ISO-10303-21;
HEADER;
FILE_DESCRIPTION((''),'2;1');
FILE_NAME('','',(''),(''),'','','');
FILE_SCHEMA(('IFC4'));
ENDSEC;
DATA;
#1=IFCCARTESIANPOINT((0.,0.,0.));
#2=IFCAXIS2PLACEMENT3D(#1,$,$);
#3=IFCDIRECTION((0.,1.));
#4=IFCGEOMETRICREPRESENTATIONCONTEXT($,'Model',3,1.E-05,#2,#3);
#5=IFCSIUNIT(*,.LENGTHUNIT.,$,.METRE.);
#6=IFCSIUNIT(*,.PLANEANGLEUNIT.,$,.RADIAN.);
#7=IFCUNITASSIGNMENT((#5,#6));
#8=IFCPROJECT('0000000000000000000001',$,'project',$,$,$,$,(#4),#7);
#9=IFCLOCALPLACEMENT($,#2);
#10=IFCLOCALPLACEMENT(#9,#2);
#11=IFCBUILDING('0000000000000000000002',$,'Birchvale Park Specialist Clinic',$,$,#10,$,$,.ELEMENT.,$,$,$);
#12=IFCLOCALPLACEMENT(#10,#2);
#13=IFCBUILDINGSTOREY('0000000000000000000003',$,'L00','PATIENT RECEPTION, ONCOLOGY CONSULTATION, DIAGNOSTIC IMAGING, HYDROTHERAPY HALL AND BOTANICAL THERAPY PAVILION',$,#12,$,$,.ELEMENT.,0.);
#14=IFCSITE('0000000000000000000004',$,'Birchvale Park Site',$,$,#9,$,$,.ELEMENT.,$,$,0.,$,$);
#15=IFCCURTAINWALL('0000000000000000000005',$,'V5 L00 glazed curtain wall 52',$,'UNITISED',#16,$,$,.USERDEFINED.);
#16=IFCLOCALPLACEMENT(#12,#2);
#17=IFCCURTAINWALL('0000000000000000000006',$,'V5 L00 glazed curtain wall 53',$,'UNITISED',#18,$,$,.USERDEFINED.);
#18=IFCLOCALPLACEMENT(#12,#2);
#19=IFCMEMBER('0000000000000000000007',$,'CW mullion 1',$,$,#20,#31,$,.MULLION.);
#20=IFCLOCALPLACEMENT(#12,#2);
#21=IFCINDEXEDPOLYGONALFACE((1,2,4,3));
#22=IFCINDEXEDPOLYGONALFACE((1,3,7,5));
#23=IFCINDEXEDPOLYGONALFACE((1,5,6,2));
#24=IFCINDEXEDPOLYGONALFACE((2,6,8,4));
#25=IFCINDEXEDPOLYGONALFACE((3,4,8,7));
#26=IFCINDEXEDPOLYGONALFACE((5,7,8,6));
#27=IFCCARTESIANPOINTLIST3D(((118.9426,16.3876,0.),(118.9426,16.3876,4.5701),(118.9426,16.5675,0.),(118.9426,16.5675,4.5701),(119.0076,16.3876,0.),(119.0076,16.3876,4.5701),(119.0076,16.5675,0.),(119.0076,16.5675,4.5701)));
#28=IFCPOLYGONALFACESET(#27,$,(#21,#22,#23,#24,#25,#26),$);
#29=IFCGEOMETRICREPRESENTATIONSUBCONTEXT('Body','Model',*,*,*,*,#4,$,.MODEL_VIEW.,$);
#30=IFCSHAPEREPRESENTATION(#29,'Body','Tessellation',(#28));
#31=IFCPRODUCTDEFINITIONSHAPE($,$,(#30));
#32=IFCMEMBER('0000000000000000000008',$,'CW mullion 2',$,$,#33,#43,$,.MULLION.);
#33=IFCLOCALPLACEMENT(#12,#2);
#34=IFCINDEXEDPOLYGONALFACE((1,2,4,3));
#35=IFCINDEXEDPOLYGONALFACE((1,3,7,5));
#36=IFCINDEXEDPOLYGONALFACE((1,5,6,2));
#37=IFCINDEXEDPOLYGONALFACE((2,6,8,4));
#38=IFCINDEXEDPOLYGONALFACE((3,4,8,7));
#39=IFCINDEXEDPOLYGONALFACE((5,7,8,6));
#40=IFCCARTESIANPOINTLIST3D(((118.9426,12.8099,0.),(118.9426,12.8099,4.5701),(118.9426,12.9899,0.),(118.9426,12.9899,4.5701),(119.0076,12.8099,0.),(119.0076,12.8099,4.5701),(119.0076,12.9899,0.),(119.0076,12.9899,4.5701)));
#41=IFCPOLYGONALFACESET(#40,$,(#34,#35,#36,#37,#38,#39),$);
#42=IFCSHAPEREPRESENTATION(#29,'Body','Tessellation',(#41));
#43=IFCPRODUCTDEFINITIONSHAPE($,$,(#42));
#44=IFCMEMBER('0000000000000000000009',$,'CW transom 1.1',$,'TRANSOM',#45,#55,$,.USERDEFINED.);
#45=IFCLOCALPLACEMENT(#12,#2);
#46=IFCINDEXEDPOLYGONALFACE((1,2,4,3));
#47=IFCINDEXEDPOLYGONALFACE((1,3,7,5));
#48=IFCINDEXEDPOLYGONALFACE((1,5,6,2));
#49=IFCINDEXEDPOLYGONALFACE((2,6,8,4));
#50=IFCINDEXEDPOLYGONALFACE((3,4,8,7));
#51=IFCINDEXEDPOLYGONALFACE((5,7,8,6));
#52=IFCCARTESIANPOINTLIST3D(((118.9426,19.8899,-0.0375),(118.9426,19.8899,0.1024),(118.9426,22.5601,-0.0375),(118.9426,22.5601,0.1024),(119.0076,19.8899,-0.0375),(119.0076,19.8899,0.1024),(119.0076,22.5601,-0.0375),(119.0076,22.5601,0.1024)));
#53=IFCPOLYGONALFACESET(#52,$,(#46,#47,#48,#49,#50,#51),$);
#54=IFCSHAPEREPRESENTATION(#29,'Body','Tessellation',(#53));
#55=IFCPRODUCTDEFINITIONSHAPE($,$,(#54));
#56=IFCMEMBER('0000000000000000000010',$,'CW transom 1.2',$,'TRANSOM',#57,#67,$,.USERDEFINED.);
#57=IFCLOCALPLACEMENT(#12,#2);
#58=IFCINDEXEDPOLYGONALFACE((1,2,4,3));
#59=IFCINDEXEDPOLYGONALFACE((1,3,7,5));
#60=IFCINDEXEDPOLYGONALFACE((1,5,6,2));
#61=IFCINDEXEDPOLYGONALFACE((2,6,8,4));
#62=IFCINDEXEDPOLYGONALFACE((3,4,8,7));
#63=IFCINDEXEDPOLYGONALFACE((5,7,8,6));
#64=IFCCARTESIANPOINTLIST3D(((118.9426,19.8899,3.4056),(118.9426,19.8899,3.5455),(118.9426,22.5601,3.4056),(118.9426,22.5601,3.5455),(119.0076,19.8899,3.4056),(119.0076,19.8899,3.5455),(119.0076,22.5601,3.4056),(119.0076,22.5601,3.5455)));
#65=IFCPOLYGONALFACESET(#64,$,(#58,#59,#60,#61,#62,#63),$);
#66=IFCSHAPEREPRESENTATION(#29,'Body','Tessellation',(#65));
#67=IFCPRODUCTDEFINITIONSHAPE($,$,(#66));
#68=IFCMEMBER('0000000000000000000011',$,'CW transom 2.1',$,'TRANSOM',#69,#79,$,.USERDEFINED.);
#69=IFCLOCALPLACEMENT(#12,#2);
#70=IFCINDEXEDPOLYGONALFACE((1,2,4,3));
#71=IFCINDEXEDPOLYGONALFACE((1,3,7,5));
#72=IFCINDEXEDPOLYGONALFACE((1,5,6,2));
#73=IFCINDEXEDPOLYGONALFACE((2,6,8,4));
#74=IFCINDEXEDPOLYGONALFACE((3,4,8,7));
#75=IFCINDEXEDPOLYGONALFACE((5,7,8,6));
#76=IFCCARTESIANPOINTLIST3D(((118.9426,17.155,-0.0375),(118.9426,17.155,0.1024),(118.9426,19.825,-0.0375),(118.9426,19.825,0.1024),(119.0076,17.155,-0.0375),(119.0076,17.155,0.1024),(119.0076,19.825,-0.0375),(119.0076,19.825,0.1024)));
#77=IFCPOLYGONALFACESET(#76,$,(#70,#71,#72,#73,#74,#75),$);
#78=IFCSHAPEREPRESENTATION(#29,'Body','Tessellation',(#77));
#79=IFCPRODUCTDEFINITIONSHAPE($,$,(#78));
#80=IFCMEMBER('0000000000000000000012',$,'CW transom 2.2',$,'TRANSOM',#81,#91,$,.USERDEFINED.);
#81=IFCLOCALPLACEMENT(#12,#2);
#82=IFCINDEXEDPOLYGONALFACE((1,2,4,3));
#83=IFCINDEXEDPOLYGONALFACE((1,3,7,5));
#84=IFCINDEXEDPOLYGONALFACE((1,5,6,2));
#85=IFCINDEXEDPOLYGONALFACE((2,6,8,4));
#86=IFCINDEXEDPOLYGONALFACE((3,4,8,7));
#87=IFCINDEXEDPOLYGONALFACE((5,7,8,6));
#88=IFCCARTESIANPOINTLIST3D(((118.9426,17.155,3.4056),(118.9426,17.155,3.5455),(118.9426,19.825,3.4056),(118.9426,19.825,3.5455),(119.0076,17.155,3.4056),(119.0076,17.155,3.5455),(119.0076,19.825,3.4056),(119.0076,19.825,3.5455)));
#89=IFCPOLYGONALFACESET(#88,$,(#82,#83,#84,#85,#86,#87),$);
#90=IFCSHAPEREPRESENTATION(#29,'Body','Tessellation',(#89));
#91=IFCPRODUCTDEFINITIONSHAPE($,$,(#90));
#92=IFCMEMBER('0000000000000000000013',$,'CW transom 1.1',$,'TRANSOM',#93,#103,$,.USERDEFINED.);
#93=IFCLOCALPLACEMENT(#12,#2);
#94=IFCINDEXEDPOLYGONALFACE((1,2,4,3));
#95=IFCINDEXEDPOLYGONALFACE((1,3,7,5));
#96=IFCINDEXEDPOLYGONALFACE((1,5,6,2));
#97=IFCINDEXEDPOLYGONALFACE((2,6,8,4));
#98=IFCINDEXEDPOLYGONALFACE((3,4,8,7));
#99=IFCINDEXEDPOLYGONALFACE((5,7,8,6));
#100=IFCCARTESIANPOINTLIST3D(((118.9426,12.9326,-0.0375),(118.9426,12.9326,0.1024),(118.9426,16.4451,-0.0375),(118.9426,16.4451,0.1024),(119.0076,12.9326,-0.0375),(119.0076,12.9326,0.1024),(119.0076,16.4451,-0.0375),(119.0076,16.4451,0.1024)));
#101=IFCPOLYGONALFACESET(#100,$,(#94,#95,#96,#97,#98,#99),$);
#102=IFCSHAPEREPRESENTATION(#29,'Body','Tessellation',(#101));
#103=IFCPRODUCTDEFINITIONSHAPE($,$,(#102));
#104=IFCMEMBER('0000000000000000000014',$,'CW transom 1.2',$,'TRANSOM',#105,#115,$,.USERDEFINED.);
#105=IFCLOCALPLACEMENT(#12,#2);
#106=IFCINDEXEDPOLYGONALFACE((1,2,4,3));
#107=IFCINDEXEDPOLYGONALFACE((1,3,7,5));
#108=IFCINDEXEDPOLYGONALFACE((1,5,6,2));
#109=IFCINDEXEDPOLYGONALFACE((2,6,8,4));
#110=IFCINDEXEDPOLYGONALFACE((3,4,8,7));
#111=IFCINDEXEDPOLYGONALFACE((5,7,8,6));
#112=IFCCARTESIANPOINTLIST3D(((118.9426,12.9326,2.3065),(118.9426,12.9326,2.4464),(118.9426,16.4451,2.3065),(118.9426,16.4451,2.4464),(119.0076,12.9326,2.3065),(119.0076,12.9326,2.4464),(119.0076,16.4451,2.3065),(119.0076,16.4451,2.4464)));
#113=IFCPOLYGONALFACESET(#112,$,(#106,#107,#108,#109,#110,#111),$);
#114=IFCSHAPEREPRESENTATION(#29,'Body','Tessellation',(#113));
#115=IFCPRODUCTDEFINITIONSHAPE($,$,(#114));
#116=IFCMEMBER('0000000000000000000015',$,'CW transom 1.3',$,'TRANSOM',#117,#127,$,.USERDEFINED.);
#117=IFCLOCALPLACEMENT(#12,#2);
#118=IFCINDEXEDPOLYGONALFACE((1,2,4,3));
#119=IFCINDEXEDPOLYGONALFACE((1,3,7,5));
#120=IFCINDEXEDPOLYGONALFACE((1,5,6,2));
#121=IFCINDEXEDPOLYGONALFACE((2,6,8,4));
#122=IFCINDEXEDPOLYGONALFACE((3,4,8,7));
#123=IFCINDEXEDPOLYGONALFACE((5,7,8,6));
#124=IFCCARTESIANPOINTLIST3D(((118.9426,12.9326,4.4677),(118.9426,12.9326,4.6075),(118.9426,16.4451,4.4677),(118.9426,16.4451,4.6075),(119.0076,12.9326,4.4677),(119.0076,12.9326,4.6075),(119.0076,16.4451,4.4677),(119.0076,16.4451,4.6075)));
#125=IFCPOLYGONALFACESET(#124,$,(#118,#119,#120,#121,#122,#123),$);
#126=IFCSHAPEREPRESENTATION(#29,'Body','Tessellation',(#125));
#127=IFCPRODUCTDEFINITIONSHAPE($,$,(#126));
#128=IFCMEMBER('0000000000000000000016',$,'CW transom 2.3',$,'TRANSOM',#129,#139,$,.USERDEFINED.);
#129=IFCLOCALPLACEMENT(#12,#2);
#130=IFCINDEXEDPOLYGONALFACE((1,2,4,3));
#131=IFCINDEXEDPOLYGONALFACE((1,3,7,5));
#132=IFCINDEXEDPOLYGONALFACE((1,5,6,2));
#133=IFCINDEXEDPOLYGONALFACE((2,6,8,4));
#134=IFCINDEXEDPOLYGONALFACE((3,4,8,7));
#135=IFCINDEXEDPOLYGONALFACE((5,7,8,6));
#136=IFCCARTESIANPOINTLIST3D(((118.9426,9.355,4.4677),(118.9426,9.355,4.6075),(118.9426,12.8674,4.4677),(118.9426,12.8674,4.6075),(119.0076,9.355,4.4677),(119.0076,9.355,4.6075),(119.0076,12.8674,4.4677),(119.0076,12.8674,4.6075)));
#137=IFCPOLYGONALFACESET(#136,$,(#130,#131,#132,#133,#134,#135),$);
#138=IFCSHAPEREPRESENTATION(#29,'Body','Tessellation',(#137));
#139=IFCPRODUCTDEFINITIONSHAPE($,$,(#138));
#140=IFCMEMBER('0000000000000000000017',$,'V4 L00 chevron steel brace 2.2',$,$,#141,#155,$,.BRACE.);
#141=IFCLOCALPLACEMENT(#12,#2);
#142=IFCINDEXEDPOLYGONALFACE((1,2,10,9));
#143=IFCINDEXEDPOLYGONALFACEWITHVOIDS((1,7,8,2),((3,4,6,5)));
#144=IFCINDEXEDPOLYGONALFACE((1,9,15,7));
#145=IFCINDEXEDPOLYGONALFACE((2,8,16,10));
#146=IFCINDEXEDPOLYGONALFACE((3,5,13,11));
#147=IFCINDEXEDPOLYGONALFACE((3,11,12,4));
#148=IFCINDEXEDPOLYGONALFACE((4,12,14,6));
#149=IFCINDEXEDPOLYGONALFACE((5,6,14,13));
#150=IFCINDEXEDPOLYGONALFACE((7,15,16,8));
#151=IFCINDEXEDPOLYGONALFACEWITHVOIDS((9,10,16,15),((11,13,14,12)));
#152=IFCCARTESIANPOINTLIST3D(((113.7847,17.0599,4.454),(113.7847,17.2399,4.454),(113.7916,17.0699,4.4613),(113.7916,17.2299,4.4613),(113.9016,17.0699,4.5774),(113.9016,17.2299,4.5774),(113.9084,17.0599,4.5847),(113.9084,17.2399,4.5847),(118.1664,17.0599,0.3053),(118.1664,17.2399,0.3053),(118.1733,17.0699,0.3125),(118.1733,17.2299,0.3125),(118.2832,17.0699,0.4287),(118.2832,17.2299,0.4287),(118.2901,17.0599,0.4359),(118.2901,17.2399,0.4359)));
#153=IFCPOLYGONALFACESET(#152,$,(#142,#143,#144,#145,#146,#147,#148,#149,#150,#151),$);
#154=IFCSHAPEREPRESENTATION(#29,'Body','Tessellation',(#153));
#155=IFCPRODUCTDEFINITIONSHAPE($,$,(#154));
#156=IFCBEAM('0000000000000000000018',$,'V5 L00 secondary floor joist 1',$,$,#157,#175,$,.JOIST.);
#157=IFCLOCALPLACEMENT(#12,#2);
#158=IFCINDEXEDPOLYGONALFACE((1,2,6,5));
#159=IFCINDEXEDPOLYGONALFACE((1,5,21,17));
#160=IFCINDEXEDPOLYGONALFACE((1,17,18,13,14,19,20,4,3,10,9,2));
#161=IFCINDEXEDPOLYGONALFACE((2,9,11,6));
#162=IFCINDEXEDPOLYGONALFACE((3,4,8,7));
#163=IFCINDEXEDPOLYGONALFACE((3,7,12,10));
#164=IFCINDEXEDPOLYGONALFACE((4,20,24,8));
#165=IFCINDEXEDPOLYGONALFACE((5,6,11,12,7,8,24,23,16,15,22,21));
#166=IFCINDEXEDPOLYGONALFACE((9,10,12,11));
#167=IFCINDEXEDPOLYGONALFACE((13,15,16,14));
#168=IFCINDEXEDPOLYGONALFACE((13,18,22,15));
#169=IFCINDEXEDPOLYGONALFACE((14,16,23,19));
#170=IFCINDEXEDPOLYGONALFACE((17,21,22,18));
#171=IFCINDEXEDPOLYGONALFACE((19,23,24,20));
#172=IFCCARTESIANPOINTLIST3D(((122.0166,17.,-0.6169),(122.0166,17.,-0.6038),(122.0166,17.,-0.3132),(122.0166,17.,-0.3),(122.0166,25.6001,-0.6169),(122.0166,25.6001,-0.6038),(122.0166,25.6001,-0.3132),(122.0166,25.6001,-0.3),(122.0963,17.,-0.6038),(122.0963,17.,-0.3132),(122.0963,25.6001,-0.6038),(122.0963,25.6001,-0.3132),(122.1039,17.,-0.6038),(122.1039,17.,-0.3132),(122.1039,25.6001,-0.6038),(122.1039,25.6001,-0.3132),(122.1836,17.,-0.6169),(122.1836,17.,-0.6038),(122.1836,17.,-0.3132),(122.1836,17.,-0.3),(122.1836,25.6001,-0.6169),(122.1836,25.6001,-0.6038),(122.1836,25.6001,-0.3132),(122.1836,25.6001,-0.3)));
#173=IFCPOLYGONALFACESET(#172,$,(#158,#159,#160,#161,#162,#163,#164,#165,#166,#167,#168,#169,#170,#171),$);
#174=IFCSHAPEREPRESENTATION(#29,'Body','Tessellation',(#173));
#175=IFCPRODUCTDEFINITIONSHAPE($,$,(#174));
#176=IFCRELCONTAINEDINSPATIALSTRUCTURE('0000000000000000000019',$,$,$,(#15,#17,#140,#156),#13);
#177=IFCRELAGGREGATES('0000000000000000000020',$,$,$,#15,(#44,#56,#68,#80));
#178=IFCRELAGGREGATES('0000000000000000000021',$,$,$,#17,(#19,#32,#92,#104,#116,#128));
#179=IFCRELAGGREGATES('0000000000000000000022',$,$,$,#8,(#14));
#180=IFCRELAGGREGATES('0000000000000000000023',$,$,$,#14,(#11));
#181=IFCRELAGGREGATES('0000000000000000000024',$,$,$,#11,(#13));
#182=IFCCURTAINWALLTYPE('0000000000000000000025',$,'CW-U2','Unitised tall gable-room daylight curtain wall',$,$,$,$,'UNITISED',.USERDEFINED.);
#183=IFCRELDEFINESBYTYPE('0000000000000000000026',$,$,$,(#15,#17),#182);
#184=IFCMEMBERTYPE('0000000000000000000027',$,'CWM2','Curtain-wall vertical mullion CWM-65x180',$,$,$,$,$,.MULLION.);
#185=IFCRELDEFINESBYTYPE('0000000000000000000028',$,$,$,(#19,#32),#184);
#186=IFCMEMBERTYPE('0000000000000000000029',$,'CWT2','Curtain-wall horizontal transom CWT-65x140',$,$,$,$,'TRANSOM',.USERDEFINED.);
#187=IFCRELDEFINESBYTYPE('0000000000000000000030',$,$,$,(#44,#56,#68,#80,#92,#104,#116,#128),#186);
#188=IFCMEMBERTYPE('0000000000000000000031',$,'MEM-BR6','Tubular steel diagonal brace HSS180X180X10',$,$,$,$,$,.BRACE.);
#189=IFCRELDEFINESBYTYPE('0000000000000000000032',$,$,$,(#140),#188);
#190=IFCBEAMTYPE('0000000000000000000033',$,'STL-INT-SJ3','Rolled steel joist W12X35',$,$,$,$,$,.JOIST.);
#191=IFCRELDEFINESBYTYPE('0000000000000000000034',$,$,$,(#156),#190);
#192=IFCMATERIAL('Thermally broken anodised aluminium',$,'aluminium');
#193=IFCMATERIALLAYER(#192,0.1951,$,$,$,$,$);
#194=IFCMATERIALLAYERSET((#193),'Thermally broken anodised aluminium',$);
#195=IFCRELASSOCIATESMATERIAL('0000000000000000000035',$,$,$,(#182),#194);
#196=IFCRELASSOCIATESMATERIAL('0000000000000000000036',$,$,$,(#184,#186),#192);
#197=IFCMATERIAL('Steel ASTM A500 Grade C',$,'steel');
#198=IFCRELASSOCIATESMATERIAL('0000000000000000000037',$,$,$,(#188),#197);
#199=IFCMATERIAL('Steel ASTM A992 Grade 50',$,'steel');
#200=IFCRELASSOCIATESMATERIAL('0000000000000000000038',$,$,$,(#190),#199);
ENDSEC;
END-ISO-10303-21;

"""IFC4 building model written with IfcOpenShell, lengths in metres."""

from ifc_helpers import new_model, si_unit, direction, frame, origin, origin_2d, place, context, subcontext, project, spatial, rectangle, hollow_rectangle, i_section, extrude, material, layer, layer_set, material_profile, profile_set, type_object, element, aggregate, save


model = new_model("IFC4")

# Units and contexts
model_context = context("Model", 3, precision=1e-05, world=origin(), true_north=direction((0.0, 1.0)))
body_context = subcontext(model_context, "Body", "Model", "MODEL_VIEW")
ifc_project = project(units=[si_unit("LENGTHUNIT", "METRE"), si_unit("PLANEANGLEUNIT", "RADIAN")], contexts=[model_context])

# Site, building, storey
site_placement = place(None, origin())
site = spatial("IfcSite", under=ifc_project, at=site_placement, Name="Birchvale Park Site", CompositionType="ELEMENT", RefElevation=0.0)
building_placement = place(site_placement, origin())
building = spatial("IfcBuilding", under=site, at=building_placement, Name="Birchvale Park Specialist Clinic", CompositionType="ELEMENT")
storey_placement = place(building_placement, origin())
storey = spatial("IfcBuildingStorey", under=building, at=storey_placement, Name="L00", Description="PATIENT RECEPTION, ONCOLOGY CONSULTATION, DIAGNOSTIC IMAGING, HYDROTHERAPY HALL AND BOTANICAL THERAPY PAVILION", CompositionType="ELEMENT", Elevation=0.0)

# Curtain walls, members
ifc_material_1 = material(Name="Thermally broken anodised aluminium", Category="aluminium")
ifc_layer_1 = layer(ifc_material_1, 0.1951)
ifc_layer_set_1 = layer_set([ifc_layer_1], Name="Thermally broken anodised aluminium")
curtain_wall_type = type_object("IfcCurtainWallType", Name="CW-U2", Description="Unitised tall gable-room daylight curtain wall", ElementType="UNITISED", PredefinedType="USERDEFINED", material=ifc_layer_set_1)
curtain_wall_1_placement = place(storey_placement, origin())
curtain_wall_1 = element("IfcCurtainWall", 1, at=curtain_wall_1_placement, inside=storey, type_object=curtain_wall_type, Name="V5 L00 glazed curtain wall 52", ObjectType="UNITISED", PredefinedType="USERDEFINED")
ifc_material_profile_1 = material_profile(ifc_material_1, rectangle(XDim=0.0649, YDim=0.1799, at=origin_2d()), Name="CWM-65x180")
ifc_profile_set_1 = profile_set([ifc_material_profile_1], Name="Thermally broken anodised aluminium")
member_type_1 = type_object("IfcMemberType", Name="CWM2", Description="Curtain-wall vertical mullion CWM-65x180", PredefinedType="MULLION", material=ifc_profile_set_1)
curtain_wall_2_placement = place(storey_placement, origin())
curtain_wall_2 = element("IfcCurtainWall", 2, at=curtain_wall_2_placement, inside=storey, type_object=curtain_wall_type, Name="V5 L00 glazed curtain wall 53", ObjectType="UNITISED", PredefinedType="USERDEFINED")
member_1_placement = place(storey_placement, frame((118.9751, 16.4775, 0.0), z_axis=(0.0, 0.0, 1.0), x_axis=(1.0, 0.0, 0.0)))
member_1 = element("IfcMember", 3, at=member_1_placement, type_object=member_type_1, Name="CW mullion 1", PredefinedType="MULLION", context=body_context, shape_type="SweptSolid", body=[
    extrude(rectangle(XDim=0.0649, YDim=0.1799, at=origin_2d()), origin(), (0.0, 0.0, 1.0), 4.5701),
])
member_2_placement = place(storey_placement, frame((118.9751, 12.8999, 0.0), z_axis=(0.0, 0.0, 1.0), x_axis=(1.0, 0.0, 0.0)))
member_2 = element("IfcMember", 4, at=member_2_placement, type_object=member_type_1, Name="CW mullion 2", PredefinedType="MULLION", context=body_context, shape_type="SweptSolid", body=[
    extrude(rectangle(XDim=0.0649, YDim=0.1799, at=origin_2d()), origin(), (0.0, 0.0, 1.0), 4.5701),
])

# Members
ifc_material_profile_2 = material_profile(ifc_material_1, rectangle(XDim=0.0649, YDim=0.1399, at=origin_2d()), Name="CWT-65x140")
ifc_profile_set_2 = profile_set([ifc_material_profile_2], Name="Thermally broken anodised aluminium")
member_type_2 = type_object("IfcMemberType", Name="CWT2", Description="Curtain-wall horizontal transom CWT-65x140", ElementType="TRANSOM", PredefinedType="USERDEFINED", material=ifc_profile_set_2)
member_3_placement = place(storey_placement, frame((118.9751, 22.5601, 0.0325), z_axis=(0.0, -1.0, 0.0), x_axis=(1.0, 0.0, 0.0)))
member_3 = element("IfcMember", 5, at=member_3_placement, type_object=member_type_2, Name="CW transom 1.1", ObjectType="TRANSOM", PredefinedType="USERDEFINED", context=body_context, shape_type="SweptSolid", body=[
    extrude(rectangle(XDim=0.0649, YDim=0.1399, at=origin_2d()), origin(), (0.0, 0.0, 1.0), 2.6702),
])
member_4_placement = place(storey_placement, frame((118.9751, 22.5601, 3.4756), z_axis=(0.0, -1.0, 0.0), x_axis=(1.0, 0.0, 0.0)))
member_4 = element("IfcMember", 6, at=member_4_placement, type_object=member_type_2, Name="CW transom 1.2", ObjectType="TRANSOM", PredefinedType="USERDEFINED", context=body_context, shape_type="SweptSolid", body=[
    extrude(rectangle(XDim=0.0649, YDim=0.1399, at=origin_2d()), origin(), (0.0, 0.0, 1.0), 2.6702),
])
member_5_placement = place(storey_placement, frame((118.9751, 19.825, 0.0325), z_axis=(0.0, -1.0, 0.0), x_axis=(1.0, 0.0, 0.0)))
member_5 = element("IfcMember", 7, at=member_5_placement, type_object=member_type_2, Name="CW transom 2.1", ObjectType="TRANSOM", PredefinedType="USERDEFINED", context=body_context, shape_type="SweptSolid", body=[
    extrude(rectangle(XDim=0.0649, YDim=0.1399, at=origin_2d()), origin(), (0.0, 0.0, 1.0), 2.6699),
])
member_6_placement = place(storey_placement, frame((118.9751, 19.825, 3.4756), z_axis=(0.0, -1.0, 0.0), x_axis=(1.0, 0.0, 0.0)))
member_6 = element("IfcMember", 8, at=member_6_placement, type_object=member_type_2, Name="CW transom 2.2", ObjectType="TRANSOM", PredefinedType="USERDEFINED", context=body_context, shape_type="SweptSolid", body=[
    extrude(rectangle(XDim=0.0649, YDim=0.1399, at=origin_2d()), origin(), (0.0, 0.0, 1.0), 2.6699),
])
member_7_placement = place(storey_placement, frame((118.9751, 16.4451, 0.0325), z_axis=(0.0, -1.0, 0.0), x_axis=(1.0, 0.0, 0.0)))
member_7 = element("IfcMember", 9, at=member_7_placement, type_object=member_type_2, Name="CW transom 1.1", ObjectType="TRANSOM", PredefinedType="USERDEFINED", context=body_context, shape_type="SweptSolid", body=[
    extrude(rectangle(XDim=0.0649, YDim=0.1399, at=origin_2d()), origin(), (0.0, 0.0, 1.0), 3.5125),
])
member_8_placement = place(storey_placement, frame((118.9751, 16.4451, 2.3765), z_axis=(0.0, -1.0, 0.0), x_axis=(1.0, 0.0, 0.0)))
member_8 = element("IfcMember", 10, at=member_8_placement, type_object=member_type_2, Name="CW transom 1.2", ObjectType="TRANSOM", PredefinedType="USERDEFINED", context=body_context, shape_type="SweptSolid", body=[
    extrude(rectangle(XDim=0.0649, YDim=0.1399, at=origin_2d()), origin(), (0.0, 0.0, 1.0), 3.5125),
])
member_9_placement = place(storey_placement, frame((118.9751, 16.4451, 4.5376), z_axis=(0.0, -1.0, 0.0), x_axis=(1.0, 0.0, 0.0)))
member_9 = element("IfcMember", 11, at=member_9_placement, type_object=member_type_2, Name="CW transom 1.3", ObjectType="TRANSOM", PredefinedType="USERDEFINED", context=body_context, shape_type="SweptSolid", body=[
    extrude(rectangle(XDim=0.0649, YDim=0.1399, at=origin_2d()), origin(), (0.0, 0.0, 1.0), 3.5125),
])
member_10_placement = place(storey_placement, frame((118.9751, 12.8674, 4.5376), z_axis=(0.0, -1.0, 0.0), x_axis=(1.0, 0.0, 0.0)))
member_10 = element("IfcMember", 12, at=member_10_placement, type_object=member_type_2, Name="CW transom 2.3", ObjectType="TRANSOM", PredefinedType="USERDEFINED", context=body_context, shape_type="SweptSolid", body=[
    extrude(rectangle(XDim=0.0649, YDim=0.1399, at=origin_2d()), origin(), (0.0, 0.0, 1.0), 3.5125),
])
ifc_material_2 = material(Name="Steel ASTM A500 Grade C", Category="steel")
ifc_material_profile_3 = material_profile(ifc_material_2, hollow_rectangle(XDim=0.1799, YDim=0.1799, WallThickness=0.01, at=origin_2d()), Name="HSS180X180X10")
ifc_profile_set_3 = profile_set([ifc_material_profile_3], Name="Steel ASTM A500 Grade C")
member_type_3 = type_object("IfcMemberType", Name="MEM-BR6", Description="Tubular steel diagonal brace HSS180X180X10", PredefinedType="BRACE", material=ifc_profile_set_3)
member_11_placement = place(storey_placement, frame((118.2283, 17.1499, 0.3706), z_axis=(-0.726143, 0.0, 0.687544), x_axis=(0.0, -1.0, 0.0)))
element("IfcMember", 13, at=member_11_placement, inside=storey, type_object=member_type_3, Name="V4 L00 chevron steel brace 2.2", PredefinedType="BRACE", context=body_context, shape_type="SweptSolid", body=[
    extrude(hollow_rectangle(XDim=0.1799, YDim=0.1799, WallThickness=0.01, at=origin_2d()), origin(), (0.0, 0.0, 1.0), 6.0342),
])

# Beam
ifc_material_3 = material(Name="Steel ASTM A992 Grade 50", Category="steel")
ifc_material_profile_4 = material_profile(ifc_material_3, i_section(OverallWidth=0.167, OverallDepth=0.3169, WebThickness=0.0076, FlangeThickness=0.0132, at=origin_2d()), Name="W12X35")
ifc_profile_set_4 = profile_set([ifc_material_profile_4], Name="Steel ASTM A992 Grade 50")
beam_type_1 = type_object("IfcBeamType", Name="STL-INT-SJ3", Description="Rolled steel joist W12X35", PredefinedType="JOIST", material=ifc_profile_set_4)
beam_1_placement = place(storey_placement, frame((122.1001, 17.0, -0.4585), z_axis=(0.0, 1.0, 0.0), x_axis=(-1.0, 0.0, 0.0)))
element("IfcBeam", 14, at=beam_1_placement, inside=storey, type_object=beam_type_1, Name="V5 L00 secondary floor joist 1", PredefinedType="JOIST", context=body_context, shape_type="SweptSolid", body=[
    extrude(i_section(OverallWidth=0.167, OverallDepth=0.3169, WebThickness=0.0076, FlangeThickness=0.0132, at=origin_2d()), origin(), (0.0, 0.0, 1.0), 8.6001),
])

aggregate(curtain_wall_1, [member_3, member_4, member_5, member_6])
aggregate(curtain_wall_2, [member_1, member_2, member_7, member_8, member_9, member_10])

save(model, "model.ifc")
